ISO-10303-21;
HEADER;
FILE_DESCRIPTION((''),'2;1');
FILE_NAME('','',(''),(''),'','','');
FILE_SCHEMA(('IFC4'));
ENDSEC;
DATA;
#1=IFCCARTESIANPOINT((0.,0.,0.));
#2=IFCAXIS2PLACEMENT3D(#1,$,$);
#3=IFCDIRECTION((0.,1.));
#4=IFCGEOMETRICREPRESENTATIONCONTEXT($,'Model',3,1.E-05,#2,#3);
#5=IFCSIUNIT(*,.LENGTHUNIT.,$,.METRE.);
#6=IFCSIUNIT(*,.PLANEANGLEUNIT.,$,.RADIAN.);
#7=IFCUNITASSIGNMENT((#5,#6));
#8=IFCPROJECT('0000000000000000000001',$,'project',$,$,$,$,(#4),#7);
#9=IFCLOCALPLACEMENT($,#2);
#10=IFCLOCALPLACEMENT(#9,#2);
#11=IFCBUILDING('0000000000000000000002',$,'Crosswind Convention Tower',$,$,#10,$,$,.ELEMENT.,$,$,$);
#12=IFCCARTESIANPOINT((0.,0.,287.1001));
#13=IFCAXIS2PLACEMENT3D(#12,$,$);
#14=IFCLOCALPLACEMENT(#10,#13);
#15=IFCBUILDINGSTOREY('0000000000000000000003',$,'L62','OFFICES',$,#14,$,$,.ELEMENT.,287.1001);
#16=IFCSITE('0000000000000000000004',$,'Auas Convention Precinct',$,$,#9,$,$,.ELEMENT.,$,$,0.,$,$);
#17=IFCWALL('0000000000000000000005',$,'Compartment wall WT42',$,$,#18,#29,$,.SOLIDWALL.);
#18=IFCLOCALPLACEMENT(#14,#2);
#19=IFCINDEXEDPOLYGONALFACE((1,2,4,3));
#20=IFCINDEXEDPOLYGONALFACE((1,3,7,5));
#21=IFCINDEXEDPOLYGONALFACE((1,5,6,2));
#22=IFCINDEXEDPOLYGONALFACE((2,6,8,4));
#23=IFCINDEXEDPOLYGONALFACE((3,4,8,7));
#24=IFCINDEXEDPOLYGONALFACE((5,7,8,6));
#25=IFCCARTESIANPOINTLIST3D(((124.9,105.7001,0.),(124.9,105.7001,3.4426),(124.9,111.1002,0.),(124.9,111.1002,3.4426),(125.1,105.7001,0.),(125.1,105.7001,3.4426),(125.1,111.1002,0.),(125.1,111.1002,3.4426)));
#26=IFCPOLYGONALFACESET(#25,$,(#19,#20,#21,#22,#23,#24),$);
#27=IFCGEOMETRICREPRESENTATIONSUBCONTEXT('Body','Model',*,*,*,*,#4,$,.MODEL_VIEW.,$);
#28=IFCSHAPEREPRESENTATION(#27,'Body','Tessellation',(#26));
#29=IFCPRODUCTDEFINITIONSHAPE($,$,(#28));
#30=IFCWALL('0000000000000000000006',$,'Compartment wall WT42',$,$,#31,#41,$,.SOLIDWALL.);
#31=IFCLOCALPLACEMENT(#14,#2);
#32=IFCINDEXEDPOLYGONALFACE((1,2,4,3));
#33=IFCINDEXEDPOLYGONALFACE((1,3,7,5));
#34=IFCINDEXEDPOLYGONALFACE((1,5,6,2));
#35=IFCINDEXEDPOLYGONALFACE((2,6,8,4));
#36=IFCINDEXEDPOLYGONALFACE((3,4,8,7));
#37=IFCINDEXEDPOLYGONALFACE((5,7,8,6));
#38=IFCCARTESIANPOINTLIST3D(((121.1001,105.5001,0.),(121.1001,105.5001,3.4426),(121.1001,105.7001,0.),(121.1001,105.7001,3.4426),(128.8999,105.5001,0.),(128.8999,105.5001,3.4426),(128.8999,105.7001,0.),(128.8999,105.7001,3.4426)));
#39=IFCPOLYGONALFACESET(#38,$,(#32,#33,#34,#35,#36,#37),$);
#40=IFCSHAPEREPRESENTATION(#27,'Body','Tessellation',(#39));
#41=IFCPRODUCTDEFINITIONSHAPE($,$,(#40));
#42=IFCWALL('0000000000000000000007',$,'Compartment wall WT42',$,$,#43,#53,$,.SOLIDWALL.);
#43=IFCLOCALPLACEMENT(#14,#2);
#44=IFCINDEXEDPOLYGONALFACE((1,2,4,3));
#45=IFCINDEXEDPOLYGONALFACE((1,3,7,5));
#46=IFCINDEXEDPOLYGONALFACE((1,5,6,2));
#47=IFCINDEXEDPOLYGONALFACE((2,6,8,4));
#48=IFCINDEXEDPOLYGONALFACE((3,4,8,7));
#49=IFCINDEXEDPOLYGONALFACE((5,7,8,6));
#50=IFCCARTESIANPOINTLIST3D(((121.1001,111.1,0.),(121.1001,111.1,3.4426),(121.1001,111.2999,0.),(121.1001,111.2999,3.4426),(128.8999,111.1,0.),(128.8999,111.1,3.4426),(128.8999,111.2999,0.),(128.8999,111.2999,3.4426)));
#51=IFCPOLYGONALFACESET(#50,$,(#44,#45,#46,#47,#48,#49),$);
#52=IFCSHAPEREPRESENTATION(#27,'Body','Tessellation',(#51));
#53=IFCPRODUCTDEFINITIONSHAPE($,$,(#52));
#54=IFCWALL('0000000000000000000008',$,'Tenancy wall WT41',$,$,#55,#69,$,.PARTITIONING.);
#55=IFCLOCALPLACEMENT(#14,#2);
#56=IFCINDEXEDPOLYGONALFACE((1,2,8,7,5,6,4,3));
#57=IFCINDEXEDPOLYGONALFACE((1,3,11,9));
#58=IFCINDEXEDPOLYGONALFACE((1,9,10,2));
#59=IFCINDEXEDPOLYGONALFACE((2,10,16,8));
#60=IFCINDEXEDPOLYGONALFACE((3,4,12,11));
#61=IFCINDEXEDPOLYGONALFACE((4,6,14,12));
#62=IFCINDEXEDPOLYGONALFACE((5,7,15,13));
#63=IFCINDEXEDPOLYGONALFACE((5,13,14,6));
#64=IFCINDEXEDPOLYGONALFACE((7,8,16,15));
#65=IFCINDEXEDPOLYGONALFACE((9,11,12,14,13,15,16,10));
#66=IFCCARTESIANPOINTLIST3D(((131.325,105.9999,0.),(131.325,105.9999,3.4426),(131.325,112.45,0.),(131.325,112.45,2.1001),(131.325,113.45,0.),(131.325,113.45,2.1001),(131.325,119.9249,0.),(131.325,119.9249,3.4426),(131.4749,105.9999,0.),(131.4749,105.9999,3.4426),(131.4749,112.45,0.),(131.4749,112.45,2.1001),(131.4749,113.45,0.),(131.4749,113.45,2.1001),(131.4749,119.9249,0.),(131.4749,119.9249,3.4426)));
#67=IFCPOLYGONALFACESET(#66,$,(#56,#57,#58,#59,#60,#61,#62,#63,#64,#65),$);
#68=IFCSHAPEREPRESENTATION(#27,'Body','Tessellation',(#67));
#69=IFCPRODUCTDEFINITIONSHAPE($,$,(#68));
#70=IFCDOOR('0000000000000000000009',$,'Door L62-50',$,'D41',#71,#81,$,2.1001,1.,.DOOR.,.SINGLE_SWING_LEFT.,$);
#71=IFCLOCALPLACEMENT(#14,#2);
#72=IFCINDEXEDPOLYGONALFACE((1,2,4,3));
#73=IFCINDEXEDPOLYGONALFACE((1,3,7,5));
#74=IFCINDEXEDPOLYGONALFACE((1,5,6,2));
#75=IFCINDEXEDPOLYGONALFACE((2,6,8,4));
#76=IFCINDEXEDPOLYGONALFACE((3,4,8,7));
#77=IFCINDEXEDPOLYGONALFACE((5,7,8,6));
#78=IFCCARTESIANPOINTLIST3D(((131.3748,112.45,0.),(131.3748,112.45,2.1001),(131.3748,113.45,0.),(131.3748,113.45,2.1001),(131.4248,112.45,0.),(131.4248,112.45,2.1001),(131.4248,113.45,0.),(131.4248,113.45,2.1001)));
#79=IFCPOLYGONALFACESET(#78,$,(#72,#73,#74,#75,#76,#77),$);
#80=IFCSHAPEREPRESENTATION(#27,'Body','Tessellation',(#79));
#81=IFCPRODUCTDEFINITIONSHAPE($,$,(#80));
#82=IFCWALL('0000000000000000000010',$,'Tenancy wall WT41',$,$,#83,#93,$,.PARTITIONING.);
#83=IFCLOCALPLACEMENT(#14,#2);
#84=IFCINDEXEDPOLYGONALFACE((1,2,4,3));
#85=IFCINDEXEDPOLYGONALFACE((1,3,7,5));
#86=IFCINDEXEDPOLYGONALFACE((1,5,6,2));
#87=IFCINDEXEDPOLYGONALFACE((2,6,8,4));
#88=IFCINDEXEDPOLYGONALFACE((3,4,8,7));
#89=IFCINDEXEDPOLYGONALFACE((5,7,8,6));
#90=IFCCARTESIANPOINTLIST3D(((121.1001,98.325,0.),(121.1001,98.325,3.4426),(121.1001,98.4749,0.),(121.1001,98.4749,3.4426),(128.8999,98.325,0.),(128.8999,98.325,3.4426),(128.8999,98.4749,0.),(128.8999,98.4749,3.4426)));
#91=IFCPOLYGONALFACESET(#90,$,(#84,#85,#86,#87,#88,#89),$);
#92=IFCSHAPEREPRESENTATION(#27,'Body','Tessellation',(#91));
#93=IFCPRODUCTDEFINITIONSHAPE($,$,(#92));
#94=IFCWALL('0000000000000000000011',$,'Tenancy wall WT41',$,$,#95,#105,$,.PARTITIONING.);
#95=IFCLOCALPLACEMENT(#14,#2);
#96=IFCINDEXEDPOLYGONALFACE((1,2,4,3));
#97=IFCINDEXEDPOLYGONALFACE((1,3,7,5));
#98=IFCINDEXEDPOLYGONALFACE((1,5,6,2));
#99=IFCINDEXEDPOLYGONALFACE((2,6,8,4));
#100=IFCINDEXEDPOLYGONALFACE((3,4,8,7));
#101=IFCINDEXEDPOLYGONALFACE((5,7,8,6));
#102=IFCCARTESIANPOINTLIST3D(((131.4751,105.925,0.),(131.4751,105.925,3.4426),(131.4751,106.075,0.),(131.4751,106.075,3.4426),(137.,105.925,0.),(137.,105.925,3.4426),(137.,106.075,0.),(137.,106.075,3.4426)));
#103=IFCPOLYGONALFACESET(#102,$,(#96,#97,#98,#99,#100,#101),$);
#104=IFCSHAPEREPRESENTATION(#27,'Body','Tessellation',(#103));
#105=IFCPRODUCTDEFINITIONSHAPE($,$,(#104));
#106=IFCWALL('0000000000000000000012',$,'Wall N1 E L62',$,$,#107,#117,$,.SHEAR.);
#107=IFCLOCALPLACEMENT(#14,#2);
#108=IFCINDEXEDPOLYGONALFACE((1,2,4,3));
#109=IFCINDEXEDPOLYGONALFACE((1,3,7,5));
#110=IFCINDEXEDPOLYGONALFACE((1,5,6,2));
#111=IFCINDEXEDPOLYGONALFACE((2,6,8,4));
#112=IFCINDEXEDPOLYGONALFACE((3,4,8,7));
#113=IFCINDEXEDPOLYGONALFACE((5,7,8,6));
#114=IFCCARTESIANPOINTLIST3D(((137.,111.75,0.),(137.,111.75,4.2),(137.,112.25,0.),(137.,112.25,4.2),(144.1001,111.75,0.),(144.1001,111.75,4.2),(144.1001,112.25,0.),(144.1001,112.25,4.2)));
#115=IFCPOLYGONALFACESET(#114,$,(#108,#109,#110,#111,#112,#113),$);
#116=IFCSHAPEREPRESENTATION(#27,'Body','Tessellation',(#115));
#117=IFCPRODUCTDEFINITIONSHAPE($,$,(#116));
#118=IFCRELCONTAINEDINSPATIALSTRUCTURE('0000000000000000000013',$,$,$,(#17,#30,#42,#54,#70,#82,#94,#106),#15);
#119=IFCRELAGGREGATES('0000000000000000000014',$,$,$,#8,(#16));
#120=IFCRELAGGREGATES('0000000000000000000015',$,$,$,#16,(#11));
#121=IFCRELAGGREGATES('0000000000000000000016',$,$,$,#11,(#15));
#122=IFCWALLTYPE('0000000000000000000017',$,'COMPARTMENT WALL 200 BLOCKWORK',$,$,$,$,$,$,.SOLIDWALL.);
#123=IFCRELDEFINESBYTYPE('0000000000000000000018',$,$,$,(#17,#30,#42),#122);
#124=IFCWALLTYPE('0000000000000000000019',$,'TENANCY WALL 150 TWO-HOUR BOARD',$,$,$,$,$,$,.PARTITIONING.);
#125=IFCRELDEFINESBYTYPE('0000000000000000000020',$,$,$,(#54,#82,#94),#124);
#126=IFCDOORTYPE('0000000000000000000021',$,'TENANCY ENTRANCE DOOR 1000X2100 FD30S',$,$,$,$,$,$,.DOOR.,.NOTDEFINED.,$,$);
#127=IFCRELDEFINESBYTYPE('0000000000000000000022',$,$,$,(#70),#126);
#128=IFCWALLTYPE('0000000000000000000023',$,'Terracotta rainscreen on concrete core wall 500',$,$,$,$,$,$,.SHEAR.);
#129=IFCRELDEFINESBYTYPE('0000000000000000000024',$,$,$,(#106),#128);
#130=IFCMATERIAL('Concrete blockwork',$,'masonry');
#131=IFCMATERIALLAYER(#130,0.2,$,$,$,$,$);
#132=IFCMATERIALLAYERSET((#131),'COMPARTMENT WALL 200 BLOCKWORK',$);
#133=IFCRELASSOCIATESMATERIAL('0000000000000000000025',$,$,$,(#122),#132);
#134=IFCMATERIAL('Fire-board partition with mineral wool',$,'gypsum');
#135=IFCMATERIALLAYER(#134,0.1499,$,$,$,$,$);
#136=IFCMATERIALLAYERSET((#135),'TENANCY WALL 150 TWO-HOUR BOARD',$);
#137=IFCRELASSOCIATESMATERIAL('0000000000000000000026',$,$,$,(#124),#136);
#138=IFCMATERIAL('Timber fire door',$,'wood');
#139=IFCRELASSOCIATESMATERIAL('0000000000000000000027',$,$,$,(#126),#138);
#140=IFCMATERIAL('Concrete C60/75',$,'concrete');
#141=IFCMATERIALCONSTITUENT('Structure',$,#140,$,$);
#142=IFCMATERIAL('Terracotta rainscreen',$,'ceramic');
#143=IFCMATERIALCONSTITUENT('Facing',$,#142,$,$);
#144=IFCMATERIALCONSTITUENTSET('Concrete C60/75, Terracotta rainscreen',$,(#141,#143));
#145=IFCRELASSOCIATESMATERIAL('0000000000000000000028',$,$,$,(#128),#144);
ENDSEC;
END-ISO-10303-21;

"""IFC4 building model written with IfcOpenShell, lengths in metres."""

from ifc_helpers import new_model, si_unit, direction, frame, frame_2d, origin, place, context, subcontext, project, spatial, rectangle, extrude, material, layer, layer_set, constituent, constituent_set, type_object, element, fill, save


model = new_model("IFC4")

# Units and contexts
model_context = context("Model", 3, precision=1e-05, world=origin(), true_north=direction((0.0, 1.0)))
body_context = subcontext(model_context, "Body", "Model", "MODEL_VIEW")
ifc_project = project(units=[si_unit("LENGTHUNIT", "METRE"), si_unit("PLANEANGLEUNIT", "RADIAN")], contexts=[model_context])

# Site, building, storey
site_placement = place(None, origin())
site = spatial("IfcSite", under=ifc_project, at=site_placement, Name="Auas Convention Precinct", CompositionType="ELEMENT", RefElevation=0.0)
building_placement = place(site_placement, origin())
building = spatial("IfcBuilding", under=site, at=building_placement, Name="Crosswind Convention Tower", CompositionType="ELEMENT")
storey_placement = place(building_placement, frame((0.0, 0.0, 287.1001)))
storey = spatial("IfcBuildingStorey", under=building, at=storey_placement, Name="L62", Description="OFFICES", CompositionType="ELEMENT", Elevation=287.1001)

# Shared definitions
ifc_material_1 = material(Name="Concrete C60/75", Category="concrete")

# Walls
ifc_material_2 = material(Name="Concrete blockwork", Category="masonry")
ifc_layer_1 = layer(ifc_material_2, 0.2)
ifc_layer_set_1 = layer_set([ifc_layer_1], Name="COMPARTMENT WALL 200 BLOCKWORK")
wall_type_1 = type_object("IfcWallType", Name="COMPARTMENT WALL 200 BLOCKWORK", PredefinedType="SOLIDWALL", material=ifc_layer_set_1)
wall_1_placement = place(storey_placement, frame((125.0, 105.7, 0.0), z_axis=(0.0, 0.0, 1.0), x_axis=(0.0, 1.0, 0.0)))
element("IfcWall", 1, at=wall_1_placement, inside=storey, type_object=wall_type_1, Name="Compartment wall WT42", PredefinedType="SOLIDWALL", context=body_context, shape_type="SweptSolid", body=[
    extrude(rectangle(XDim=5.4001, YDim=0.2, at=frame_2d((2.7002, 0.0))), origin(), (0.0, 0.0, 1.0), 3.4426),
])
for number, where, z_axis, x_axis, name in (
    (2, (121.1001, 105.6001, 0.0), (0.0, 0.0, 1.0), (1.0, 0.0, 0.0), "Compartment wall WT42"),
    (3, (121.1001, 111.2, 0.0), (0.0, 0.0, 1.0), (1.0, 0.0, 0.0), "Compartment wall WT42"),
):
    element("IfcWall", number, at=place(storey_placement, frame(where, z_axis=z_axis, x_axis=x_axis)), inside=storey, type_object=wall_type_1, Name=name, PredefinedType="SOLIDWALL", context=body_context, shape_type="SweptSolid", body=[
        extrude(rectangle(XDim=7.7998, YDim=0.2, at=frame_2d((3.8999, 0.0))), origin(), (0.0, 0.0, 1.0), 3.4426),
    ])

# Wall, opening, door
ifc_material_3 = material(Name="Fire-board partition with mineral wool", Category="gypsum")
ifc_layer_2 = layer(ifc_material_3, 0.1499)
ifc_layer_set_2 = layer_set([ifc_layer_2], Name="TENANCY WALL 150 TWO-HOUR BOARD")
wall_type_2 = type_object("IfcWallType", Name="TENANCY WALL 150 TWO-HOUR BOARD", PredefinedType="PARTITIONING", material=ifc_layer_set_2)
wall_2_placement = place(storey_placement, frame((131.3999, 106.0, 0.0), z_axis=(0.0, 0.0, 1.0), x_axis=(0.0, 1.0, 0.0)))
wall_2 = element("IfcWall", 4, at=wall_2_placement, inside=storey, type_object=wall_type_2, Name="Tenancy wall WT41", PredefinedType="PARTITIONING", context=body_context, shape_type="SweptSolid", body=[
    extrude(rectangle(XDim=13.925, YDim=0.1499, at=frame_2d((6.9624, 0.0))), origin(), (0.0, 0.0, 1.0), 3.4426),
])
opening_placement = place(wall_2_placement, frame((6.45, 0.0, 0.0)))
opening = element("IfcOpeningElement", 5, at=opening_placement, cuts=wall_2, PredefinedType="OPENING", context=body_context, shape_type="SweptSolid", body=[
    extrude(rectangle(XDim=1.0, YDim=2.1001, at=frame_2d((0.5, 1.05))), frame((0.0, 0.085, 0.0), z_axis=(0.0, -1.0, 0.0), x_axis=(1.0, 0.0, 0.0)), (0.0, 0.0, 1.0), 0.1699),
])
ifc_material_4 = material(Name="Timber fire door", Category="wood")
door_type = type_object("IfcDoorType", Name="TENANCY ENTRANCE DOOR 1000X2100 FD30S", OperationType="NOTDEFINED", PredefinedType="DOOR", material=ifc_material_4)
door_placement = place(opening_placement, frame((1.0, 0.0, 0.0), z_axis=(0.0, 0.0, 1.0), x_axis=(-1.0, 0.0, 0.0)))
door = element("IfcDoor", 6, at=door_placement, inside=storey, type_object=door_type, Name="Door L62-50", ObjectType="D41", OperationType="SINGLE_SWING_LEFT", OverallHeight=2.1001, OverallWidth=1.0, PredefinedType="DOOR", context=body_context, shape_type="SweptSolid", body=[
    extrude(rectangle(XDim=1.0, YDim=2.1001, at=frame_2d((0.5, 1.05))), frame((0.0, 0.0249, 0.0), z_axis=(0.0, -1.0, 0.0), x_axis=(1.0, 0.0, 0.0)), (0.0, 0.0, 1.0), 0.05),
])
fill(opening, door)

# Walls
wall_3_placement = place(storey_placement, frame((121.1001, 98.3999, 0.0), z_axis=(0.0, 0.0, 1.0), x_axis=(1.0, 0.0, 0.0)))
element("IfcWall", 7, at=wall_3_placement, inside=storey, type_object=wall_type_2, Name="Tenancy wall WT41", PredefinedType="PARTITIONING", context=body_context, shape_type="SweptSolid", body=[
    extrude(rectangle(XDim=7.7998, YDim=0.1499, at=frame_2d((3.8999, 0.0))), origin(), (0.0, 0.0, 1.0), 3.4426),
])
wall_4_placement = place(storey_placement, frame((131.4751, 106.0, 0.0), z_axis=(0.0, 0.0, 1.0), x_axis=(1.0, 0.0, 0.0)))
element("IfcWall", 8, at=wall_4_placement, inside=storey, type_object=wall_type_2, Name="Tenancy wall WT41", PredefinedType="PARTITIONING", context=body_context, shape_type="SweptSolid", body=[
    extrude(rectangle(XDim=5.5249, YDim=0.1499, at=frame_2d((2.7625, 0.0))), origin(), (0.0, 0.0, 1.0), 3.4426),
])
ifc_constituent_1 = constituent(ifc_material_1, Name="Structure")
ifc_material_5 = material(Name="Terracotta rainscreen", Category="ceramic")
ifc_constituent_2 = constituent(ifc_material_5, Name="Facing")
ifc_constituent_set = constituent_set(constituents=[ifc_constituent_1, ifc_constituent_2], Name="Concrete C60/75, Terracotta rainscreen")
wall_type_3 = type_object("IfcWallType", Name="Terracotta rainscreen on concrete core wall 500", PredefinedType="SHEAR", material=ifc_constituent_set)
wall_5_placement = place(storey_placement, frame((137.0, 112.0, 0.0), z_axis=(0.0, 0.0, 1.0), x_axis=(1.0, 0.0, 0.0)))
element("IfcWall", 9, at=wall_5_placement, inside=storey, type_object=wall_type_3, Name="Wall N1 E L62", PredefinedType="SHEAR", context=body_context, shape_type="SweptSolid", body=[
    extrude(rectangle(XDim=7.1001, YDim=0.5, at=frame_2d((3.55, 0.0))), origin(), (0.0, 0.0, 1.0), 4.2),
])

save(model, "model.ifc")
